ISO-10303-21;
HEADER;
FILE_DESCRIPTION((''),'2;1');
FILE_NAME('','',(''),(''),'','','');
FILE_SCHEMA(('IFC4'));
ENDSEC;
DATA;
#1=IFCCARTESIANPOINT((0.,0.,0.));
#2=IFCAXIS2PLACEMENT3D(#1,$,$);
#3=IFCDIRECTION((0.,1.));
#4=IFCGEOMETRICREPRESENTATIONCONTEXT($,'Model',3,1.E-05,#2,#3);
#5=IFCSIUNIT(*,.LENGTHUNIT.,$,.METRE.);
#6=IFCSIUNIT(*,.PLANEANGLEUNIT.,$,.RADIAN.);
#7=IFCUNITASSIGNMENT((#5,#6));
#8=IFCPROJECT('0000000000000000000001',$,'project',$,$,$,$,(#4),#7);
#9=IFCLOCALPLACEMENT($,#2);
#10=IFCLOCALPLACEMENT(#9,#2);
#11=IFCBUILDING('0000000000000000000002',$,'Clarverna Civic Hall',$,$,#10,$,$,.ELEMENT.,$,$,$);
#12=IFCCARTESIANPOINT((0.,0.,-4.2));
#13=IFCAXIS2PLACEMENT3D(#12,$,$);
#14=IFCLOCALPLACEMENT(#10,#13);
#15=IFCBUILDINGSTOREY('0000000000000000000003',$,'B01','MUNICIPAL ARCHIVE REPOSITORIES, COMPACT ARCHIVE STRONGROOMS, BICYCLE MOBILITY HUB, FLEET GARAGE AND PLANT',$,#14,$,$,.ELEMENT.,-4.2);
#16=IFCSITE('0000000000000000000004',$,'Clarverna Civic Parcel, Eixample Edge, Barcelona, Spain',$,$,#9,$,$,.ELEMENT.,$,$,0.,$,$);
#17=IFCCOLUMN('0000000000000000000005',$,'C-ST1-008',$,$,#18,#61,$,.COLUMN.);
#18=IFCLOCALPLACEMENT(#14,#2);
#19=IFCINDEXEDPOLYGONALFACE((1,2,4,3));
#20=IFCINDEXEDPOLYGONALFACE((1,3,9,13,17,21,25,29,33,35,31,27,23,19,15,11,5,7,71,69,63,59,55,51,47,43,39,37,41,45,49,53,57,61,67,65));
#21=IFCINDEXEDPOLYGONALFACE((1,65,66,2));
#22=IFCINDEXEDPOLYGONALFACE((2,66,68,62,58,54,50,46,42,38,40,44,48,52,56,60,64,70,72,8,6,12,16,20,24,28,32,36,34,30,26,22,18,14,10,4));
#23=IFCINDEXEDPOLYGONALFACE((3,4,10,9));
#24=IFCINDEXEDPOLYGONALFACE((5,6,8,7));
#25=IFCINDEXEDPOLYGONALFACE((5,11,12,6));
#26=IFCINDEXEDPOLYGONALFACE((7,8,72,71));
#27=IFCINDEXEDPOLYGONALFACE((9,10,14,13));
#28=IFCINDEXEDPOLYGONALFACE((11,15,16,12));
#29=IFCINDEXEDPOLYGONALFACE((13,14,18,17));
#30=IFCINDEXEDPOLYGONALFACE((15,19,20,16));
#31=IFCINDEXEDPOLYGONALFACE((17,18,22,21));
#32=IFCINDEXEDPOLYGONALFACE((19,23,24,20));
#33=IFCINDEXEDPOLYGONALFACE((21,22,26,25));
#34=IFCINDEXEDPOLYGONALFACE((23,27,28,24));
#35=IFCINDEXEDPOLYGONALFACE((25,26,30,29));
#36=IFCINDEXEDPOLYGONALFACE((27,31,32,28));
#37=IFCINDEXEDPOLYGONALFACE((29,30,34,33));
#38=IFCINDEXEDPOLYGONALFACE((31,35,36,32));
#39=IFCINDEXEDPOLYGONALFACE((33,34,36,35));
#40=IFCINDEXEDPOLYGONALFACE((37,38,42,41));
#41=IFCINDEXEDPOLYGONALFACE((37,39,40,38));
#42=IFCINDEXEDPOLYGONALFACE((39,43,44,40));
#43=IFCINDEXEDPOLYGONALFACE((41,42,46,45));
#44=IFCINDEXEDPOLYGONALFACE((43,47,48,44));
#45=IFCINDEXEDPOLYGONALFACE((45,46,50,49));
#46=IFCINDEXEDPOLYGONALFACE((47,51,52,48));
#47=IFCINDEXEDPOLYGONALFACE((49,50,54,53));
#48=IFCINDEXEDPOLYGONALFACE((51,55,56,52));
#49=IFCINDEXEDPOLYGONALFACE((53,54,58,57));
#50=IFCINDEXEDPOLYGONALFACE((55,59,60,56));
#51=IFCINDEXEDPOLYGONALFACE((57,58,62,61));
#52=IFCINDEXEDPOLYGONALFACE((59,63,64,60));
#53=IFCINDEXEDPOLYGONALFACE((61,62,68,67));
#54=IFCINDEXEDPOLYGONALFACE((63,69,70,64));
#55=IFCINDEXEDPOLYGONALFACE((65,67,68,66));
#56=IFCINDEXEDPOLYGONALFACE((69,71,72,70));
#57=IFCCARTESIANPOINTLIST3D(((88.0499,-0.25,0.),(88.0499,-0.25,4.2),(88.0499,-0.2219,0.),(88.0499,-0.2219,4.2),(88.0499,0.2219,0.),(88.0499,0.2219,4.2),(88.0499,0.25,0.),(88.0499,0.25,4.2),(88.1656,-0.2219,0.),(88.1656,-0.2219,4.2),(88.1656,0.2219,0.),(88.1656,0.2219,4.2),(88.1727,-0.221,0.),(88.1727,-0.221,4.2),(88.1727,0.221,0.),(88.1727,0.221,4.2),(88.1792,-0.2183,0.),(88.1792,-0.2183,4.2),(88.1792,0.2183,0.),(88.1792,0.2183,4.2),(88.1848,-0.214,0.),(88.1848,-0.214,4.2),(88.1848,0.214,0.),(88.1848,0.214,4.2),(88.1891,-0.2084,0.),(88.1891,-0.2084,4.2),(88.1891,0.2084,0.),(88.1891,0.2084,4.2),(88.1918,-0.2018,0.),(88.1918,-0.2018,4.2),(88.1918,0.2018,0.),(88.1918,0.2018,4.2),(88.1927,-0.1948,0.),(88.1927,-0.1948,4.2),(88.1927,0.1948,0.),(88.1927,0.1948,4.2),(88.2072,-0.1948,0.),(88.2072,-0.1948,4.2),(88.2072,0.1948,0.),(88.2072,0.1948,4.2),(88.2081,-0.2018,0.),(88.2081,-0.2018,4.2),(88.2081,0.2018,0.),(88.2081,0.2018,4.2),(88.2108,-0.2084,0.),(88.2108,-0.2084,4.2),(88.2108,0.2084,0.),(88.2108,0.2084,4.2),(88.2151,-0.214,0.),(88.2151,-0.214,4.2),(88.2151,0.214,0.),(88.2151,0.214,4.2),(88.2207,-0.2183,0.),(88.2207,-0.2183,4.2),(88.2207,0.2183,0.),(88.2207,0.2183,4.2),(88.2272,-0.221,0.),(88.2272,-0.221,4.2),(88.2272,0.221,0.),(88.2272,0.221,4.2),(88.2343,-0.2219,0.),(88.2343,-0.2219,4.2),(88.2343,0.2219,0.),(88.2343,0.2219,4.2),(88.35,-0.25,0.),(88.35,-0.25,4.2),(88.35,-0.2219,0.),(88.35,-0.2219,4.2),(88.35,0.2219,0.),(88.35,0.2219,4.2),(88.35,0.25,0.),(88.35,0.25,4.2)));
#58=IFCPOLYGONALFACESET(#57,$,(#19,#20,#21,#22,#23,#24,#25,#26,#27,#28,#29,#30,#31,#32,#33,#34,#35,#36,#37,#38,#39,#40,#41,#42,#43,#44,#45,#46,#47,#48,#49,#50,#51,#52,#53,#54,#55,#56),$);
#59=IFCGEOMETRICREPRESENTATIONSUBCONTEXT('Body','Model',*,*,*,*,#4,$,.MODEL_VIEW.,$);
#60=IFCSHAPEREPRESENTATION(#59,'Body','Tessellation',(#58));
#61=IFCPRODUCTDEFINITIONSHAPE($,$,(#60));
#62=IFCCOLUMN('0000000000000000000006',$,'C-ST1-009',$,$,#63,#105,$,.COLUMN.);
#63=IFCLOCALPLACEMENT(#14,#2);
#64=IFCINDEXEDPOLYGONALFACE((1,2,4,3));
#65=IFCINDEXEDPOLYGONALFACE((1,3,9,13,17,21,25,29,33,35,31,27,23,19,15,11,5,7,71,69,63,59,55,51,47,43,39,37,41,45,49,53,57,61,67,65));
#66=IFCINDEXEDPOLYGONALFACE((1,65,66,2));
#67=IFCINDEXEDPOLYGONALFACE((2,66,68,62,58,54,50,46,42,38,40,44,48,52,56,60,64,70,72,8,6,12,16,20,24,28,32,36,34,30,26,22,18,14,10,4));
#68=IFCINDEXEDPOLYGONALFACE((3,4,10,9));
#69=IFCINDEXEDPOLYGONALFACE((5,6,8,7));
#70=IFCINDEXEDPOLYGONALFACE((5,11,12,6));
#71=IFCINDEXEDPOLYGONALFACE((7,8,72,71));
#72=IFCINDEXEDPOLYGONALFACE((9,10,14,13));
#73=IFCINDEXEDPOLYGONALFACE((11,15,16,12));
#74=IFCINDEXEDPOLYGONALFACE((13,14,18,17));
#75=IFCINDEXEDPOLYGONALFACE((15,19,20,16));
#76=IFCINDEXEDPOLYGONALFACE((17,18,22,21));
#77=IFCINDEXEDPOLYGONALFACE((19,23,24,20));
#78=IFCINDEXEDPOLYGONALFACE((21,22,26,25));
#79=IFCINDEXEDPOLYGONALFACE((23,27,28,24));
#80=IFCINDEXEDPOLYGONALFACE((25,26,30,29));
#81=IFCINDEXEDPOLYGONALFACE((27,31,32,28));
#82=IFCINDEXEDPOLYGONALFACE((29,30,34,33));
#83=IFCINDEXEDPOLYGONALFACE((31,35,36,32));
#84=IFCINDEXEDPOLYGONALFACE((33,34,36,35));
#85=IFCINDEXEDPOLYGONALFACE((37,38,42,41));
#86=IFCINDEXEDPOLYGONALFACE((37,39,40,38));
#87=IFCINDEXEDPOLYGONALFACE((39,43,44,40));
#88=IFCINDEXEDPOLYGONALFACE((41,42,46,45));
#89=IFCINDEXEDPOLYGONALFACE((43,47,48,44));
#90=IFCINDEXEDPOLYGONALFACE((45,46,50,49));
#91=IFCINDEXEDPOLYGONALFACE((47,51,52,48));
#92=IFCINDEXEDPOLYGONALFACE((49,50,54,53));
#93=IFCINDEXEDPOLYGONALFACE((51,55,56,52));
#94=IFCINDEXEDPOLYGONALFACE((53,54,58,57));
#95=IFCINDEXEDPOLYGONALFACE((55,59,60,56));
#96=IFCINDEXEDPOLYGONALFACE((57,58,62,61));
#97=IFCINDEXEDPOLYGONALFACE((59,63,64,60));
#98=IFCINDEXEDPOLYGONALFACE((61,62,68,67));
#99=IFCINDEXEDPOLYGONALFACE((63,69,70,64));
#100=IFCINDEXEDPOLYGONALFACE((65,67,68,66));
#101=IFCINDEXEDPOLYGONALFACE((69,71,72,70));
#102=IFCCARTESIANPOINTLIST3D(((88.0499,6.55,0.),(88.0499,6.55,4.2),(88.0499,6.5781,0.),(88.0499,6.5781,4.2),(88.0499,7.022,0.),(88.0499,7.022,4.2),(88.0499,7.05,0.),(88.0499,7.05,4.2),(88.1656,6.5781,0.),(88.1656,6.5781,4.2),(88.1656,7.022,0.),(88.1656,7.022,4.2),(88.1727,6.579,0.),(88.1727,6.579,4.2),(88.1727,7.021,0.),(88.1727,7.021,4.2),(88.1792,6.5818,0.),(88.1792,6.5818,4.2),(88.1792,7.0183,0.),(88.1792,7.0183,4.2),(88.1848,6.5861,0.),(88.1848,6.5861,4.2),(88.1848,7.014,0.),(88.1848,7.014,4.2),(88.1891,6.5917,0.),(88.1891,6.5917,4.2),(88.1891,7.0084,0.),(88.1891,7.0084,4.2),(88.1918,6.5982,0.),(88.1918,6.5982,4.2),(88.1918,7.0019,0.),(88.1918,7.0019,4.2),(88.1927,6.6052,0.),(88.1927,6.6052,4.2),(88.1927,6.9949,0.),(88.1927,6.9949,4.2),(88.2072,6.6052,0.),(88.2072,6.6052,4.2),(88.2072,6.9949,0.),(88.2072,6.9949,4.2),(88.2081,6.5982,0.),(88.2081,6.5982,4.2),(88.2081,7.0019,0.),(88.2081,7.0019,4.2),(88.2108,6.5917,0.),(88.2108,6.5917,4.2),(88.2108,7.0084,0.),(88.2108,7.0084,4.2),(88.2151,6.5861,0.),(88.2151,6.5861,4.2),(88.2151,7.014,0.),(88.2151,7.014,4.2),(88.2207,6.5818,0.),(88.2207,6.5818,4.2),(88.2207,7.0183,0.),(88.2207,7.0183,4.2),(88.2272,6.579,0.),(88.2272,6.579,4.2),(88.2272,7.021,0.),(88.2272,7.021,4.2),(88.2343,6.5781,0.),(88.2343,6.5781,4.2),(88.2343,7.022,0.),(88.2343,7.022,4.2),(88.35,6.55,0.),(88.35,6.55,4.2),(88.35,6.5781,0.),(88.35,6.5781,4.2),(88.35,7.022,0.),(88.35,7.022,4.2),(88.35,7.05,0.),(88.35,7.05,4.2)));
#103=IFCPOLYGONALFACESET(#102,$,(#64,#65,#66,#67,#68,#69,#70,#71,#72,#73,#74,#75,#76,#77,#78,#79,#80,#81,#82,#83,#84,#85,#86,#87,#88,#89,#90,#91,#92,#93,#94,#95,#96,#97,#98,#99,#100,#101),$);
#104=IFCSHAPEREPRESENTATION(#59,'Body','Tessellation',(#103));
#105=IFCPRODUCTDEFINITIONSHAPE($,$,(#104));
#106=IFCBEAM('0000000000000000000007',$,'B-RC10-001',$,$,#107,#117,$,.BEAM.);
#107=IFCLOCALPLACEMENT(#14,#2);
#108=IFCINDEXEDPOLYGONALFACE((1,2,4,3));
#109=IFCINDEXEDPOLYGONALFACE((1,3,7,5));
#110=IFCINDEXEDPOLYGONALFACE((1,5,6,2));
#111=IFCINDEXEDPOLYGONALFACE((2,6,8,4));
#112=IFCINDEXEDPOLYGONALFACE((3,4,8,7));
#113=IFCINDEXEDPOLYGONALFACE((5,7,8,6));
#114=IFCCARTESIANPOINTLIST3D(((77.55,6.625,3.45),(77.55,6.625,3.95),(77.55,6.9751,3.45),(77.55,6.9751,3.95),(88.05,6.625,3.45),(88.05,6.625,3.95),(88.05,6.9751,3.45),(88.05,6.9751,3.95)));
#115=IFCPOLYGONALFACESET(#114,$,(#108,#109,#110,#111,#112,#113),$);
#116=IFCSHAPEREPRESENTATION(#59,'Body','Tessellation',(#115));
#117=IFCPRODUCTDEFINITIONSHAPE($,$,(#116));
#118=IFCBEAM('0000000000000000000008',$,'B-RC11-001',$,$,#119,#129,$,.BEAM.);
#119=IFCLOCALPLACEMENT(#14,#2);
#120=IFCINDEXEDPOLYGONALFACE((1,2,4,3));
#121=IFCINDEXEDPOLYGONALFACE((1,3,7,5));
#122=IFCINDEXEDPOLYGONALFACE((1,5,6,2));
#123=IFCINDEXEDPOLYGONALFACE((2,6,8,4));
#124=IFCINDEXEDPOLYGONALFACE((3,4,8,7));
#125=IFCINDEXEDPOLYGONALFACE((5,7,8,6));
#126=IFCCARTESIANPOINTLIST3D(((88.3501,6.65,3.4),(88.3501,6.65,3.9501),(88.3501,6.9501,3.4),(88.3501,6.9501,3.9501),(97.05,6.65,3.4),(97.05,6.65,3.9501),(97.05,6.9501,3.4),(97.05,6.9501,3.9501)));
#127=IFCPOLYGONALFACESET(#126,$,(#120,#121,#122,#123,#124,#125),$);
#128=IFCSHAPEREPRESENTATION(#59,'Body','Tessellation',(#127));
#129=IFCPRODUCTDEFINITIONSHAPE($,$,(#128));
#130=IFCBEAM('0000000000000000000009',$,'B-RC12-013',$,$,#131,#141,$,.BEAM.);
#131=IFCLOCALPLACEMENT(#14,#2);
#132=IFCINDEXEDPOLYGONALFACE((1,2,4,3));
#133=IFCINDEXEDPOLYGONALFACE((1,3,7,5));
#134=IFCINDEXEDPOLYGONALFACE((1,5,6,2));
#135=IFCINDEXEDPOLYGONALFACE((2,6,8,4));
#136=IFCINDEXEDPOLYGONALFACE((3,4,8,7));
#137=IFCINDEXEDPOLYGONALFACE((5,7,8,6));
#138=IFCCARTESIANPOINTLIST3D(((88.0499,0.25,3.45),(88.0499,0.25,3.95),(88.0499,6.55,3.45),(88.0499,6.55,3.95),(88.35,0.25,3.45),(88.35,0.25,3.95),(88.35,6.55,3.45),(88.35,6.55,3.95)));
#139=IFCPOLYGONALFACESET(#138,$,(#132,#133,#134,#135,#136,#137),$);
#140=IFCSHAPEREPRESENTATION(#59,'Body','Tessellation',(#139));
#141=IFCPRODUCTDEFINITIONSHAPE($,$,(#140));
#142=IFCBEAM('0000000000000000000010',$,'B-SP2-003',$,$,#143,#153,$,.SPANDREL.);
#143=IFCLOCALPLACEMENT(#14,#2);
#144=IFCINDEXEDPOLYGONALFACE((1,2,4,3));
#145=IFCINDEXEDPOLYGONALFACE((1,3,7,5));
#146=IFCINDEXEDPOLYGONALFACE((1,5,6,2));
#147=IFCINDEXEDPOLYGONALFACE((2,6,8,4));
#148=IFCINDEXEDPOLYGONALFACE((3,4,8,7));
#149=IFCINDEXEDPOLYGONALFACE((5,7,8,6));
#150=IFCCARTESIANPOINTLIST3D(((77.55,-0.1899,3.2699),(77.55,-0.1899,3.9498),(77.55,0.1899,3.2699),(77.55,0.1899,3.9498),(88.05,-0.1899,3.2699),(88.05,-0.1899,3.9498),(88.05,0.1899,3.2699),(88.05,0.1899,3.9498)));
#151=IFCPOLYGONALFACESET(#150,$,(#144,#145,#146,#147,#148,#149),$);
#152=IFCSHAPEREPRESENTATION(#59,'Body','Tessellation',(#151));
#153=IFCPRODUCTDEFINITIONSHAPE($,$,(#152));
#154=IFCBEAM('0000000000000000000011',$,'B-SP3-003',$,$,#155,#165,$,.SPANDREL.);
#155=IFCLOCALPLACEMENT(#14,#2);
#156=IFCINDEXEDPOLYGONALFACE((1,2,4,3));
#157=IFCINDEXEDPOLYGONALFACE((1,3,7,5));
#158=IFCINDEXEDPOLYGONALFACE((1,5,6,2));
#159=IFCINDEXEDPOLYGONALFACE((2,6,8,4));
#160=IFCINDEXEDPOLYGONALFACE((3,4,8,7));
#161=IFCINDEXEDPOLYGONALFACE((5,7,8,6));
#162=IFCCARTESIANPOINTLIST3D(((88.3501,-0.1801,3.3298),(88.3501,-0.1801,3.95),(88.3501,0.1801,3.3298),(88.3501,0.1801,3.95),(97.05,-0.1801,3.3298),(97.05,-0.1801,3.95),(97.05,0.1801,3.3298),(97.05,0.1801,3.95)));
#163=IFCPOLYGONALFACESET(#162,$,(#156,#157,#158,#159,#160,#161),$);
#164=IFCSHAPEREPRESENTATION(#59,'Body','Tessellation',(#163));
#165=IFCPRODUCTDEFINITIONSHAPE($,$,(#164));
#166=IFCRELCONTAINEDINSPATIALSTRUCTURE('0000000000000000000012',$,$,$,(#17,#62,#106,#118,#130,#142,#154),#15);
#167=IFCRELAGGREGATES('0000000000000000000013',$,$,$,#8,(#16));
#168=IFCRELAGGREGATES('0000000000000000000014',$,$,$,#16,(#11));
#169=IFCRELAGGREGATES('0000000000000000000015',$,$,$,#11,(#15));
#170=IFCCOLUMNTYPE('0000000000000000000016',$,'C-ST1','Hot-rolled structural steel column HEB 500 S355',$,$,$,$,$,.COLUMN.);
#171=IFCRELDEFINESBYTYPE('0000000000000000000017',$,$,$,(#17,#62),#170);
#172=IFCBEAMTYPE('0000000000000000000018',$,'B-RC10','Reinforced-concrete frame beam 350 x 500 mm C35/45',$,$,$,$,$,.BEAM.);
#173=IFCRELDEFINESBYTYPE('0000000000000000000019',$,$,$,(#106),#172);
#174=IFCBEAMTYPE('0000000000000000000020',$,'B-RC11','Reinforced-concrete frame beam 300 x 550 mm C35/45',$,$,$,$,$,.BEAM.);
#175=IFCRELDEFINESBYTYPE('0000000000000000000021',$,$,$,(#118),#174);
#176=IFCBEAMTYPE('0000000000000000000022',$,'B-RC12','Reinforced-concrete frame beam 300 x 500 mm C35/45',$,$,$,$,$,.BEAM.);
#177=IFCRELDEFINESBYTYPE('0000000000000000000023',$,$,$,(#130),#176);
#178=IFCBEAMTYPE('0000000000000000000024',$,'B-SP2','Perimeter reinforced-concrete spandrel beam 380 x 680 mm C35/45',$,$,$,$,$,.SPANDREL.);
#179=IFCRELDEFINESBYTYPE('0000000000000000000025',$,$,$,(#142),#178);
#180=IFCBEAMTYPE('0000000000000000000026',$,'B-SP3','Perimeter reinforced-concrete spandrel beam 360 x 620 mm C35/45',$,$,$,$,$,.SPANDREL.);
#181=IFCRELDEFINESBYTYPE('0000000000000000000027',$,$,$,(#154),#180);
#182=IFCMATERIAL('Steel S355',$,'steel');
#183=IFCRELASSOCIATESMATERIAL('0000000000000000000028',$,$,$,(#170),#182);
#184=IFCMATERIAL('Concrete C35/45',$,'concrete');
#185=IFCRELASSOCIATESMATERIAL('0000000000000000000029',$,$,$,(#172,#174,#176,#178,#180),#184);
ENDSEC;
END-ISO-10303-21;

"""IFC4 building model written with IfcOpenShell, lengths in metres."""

from ifc_helpers import new_model, si_unit, direction, frame, origin, origin_2d, place, context, subcontext, project, spatial, rectangle, i_section, extrude, material, material_profile, profile_set, type_object, element, save


model = new_model("IFC4")

# Units and contexts
model_context = context("Model", 3, precision=1e-05, world=origin(), true_north=direction((0.0, 1.0)))
body_context = subcontext(model_context, "Body", "Model", "MODEL_VIEW")
ifc_project = project(units=[si_unit("LENGTHUNIT", "METRE"), si_unit("PLANEANGLEUNIT", "RADIAN")], contexts=[model_context])

# Site, building, storey
site_placement = place(None, origin())
site = spatial("IfcSite", under=ifc_project, at=site_placement, Name="Clarverna Civic Parcel, Eixample Edge, Barcelona, Spain", CompositionType="ELEMENT", RefElevation=0.0)
building_placement = place(site_placement, origin())
building = spatial("IfcBuilding", under=site, at=building_placement, Name="Clarverna Civic Hall", CompositionType="ELEMENT")
storey_placement = place(building_placement, frame((0.0, 0.0, -4.2)))
storey = spatial("IfcBuildingStorey", under=building, at=storey_placement, Name="B01", Description="MUNICIPAL ARCHIVE REPOSITORIES, COMPACT ARCHIVE STRONGROOMS, BICYCLE MOBILITY HUB, FLEET GARAGE AND PLANT", CompositionType="ELEMENT", Elevation=-4.2)

# Columns
ifc_material_1 = material(Name="Steel S355", Category="steel")
ifc_material_profile_1 = material_profile(ifc_material_1, i_section(OverallWidth=0.3, OverallDepth=0.5, WebThickness=0.0144, FlangeThickness=0.0281, FilletRadius=0.0271, at=origin_2d()), Name="HEB 500")
ifc_profile_set_1 = profile_set([ifc_material_profile_1], Name="Steel S355")
column_type = type_object("IfcColumnType", Name="C-ST1", Description="Hot-rolled structural steel column HEB 500 S355", PredefinedType="COLUMN", material=ifc_profile_set_1)
for number, where, z_axis, x_axis, name in (
    (1, (88.2, 0.0, 0.0), (0.0, 0.0, 1.0), (1.0, 0.0, 0.0), "C-ST1-008"),
    (2, (88.2, 6.8, 0.0), (0.0, 0.0, 1.0), (1.0, 0.0, 0.0), "C-ST1-009"),
):
    element("IfcColumn", number, at=place(storey_placement, frame(where, z_axis=z_axis, x_axis=x_axis)), inside=storey, type_object=column_type, Name=name, PredefinedType="COLUMN", context=body_context, shape_type="SweptSolid", body=[
        extrude(i_section(OverallWidth=0.3, OverallDepth=0.5, WebThickness=0.0144, FlangeThickness=0.0281, FilletRadius=0.0271, at=origin_2d()), origin(), (0.0, 0.0, 1.0), 4.2),
    ])

# Beams
ifc_material_2 = material(Name="Concrete C35/45", Category="concrete")
ifc_material_profile_2 = material_profile(ifc_material_2, rectangle(XDim=0.3501, YDim=0.5, at=origin_2d()), Name="RC 350x500")
ifc_profile_set_2 = profile_set([ifc_material_profile_2], Name="Concrete C35/45")
beam_type_1 = type_object("IfcBeamType", Name="B-RC10", Description="Reinforced-concrete frame beam 350 x 500 mm C35/45", PredefinedType="BEAM", material=ifc_profile_set_2)
beam_1_placement = place(storey_placement, frame((77.55, 6.8, 3.7), z_axis=(1.0, 0.0, 0.0), x_axis=(0.0, 1.0, 0.0)))
element("IfcBeam", 3, at=beam_1_placement, inside=storey, type_object=beam_type_1, Name="B-RC10-001", PredefinedType="BEAM", context=body_context, shape_type="SweptSolid", body=[
    extrude(rectangle(XDim=0.3501, YDim=0.5, at=origin_2d()), origin(), (0.0, 0.0, 1.0), 10.5),
])
ifc_material_profile_3 = material_profile(ifc_material_2, rectangle(XDim=0.3, YDim=0.55, at=origin_2d()), Name="RC 300x550")
ifc_profile_set_3 = profile_set([ifc_material_profile_3], Name="Concrete C35/45")
beam_type_2 = type_object("IfcBeamType", Name="B-RC11", Description="Reinforced-concrete frame beam 300 x 550 mm C35/45", PredefinedType="BEAM", material=ifc_profile_set_3)
beam_2_placement = place(storey_placement, frame((88.3501, 6.8, 3.675), z_axis=(1.0, 0.0, 0.0), x_axis=(0.0, 1.0, 0.0)))
element("IfcBeam", 4, at=beam_2_placement, inside=storey, type_object=beam_type_2, Name="B-RC11-001", PredefinedType="BEAM", context=body_context, shape_type="SweptSolid", body=[
    extrude(rectangle(XDim=0.3, YDim=0.55, at=origin_2d()), origin(), (0.0, 0.0, 1.0), 8.7),
])
ifc_material_profile_4 = material_profile(ifc_material_2, rectangle(XDim=0.3, YDim=0.5, at=origin_2d()), Name="RC 300x500")
ifc_profile_set_4 = profile_set([ifc_material_profile_4], Name="Concrete C35/45")
beam_type_3 = type_object("IfcBeamType", Name="B-RC12", Description="Reinforced-concrete frame beam 300 x 500 mm C35/45", PredefinedType="BEAM", material=ifc_profile_set_4)
beam_3_placement = place(storey_placement, frame((88.2, 0.25, 3.7), z_axis=(0.0, 1.0, 0.0), x_axis=(-1.0, 0.0, 0.0)))
element("IfcBeam", 5, at=beam_3_placement, inside=storey, type_object=beam_type_3, Name="B-RC12-013", PredefinedType="BEAM", context=body_context, shape_type="SweptSolid", body=[
    extrude(rectangle(XDim=0.3, YDim=0.5, at=origin_2d()), origin(), (0.0, 0.0, 1.0), 6.3),
])
ifc_material_profile_5 = material_profile(ifc_material_2, rectangle(XDim=0.3799, YDim=0.6799, at=origin_2d()), Name="RC 380x680")
ifc_profile_set_5 = profile_set([ifc_material_profile_5], Name="Concrete C35/45")
beam_type_4 = type_object("IfcBeamType", Name="B-SP2", Description="Perimeter reinforced-concrete spandrel beam 380 x 680 mm C35/45", PredefinedType="SPANDREL", material=ifc_profile_set_5)
beam_4_placement = place(storey_placement, frame((77.55, 0.0, 3.6099), z_axis=(1.0, 0.0, 0.0), x_axis=(0.0, 1.0, 0.0)))
element("IfcBeam", 6, at=beam_4_placement, inside=storey, type_object=beam_type_4, Name="B-SP2-003", PredefinedType="SPANDREL", context=body_context, shape_type="SweptSolid", body=[
    extrude(rectangle(XDim=0.3799, YDim=0.6799, at=origin_2d()), origin(), (0.0, 0.0, 1.0), 10.5),
])
ifc_material_profile_6 = material_profile(ifc_material_2, rectangle(XDim=0.3601, YDim=0.6201, at=origin_2d()), Name="RC 360x620")
ifc_profile_set_6 = profile_set([ifc_material_profile_6], Name="Concrete C35/45")
beam_type_5 = type_object("IfcBeamType", Name="B-SP3", Description="Perimeter reinforced-concrete spandrel beam 360 x 620 mm C35/45", PredefinedType="SPANDREL", material=ifc_profile_set_6)
beam_5_placement = place(storey_placement, frame((88.3501, 0.0, 3.6399), z_axis=(1.0, 0.0, 0.0), x_axis=(0.0, 1.0, 0.0)))
element("IfcBeam", 7, at=beam_5_placement, inside=storey, type_object=beam_type_5, Name="B-SP3-003", PredefinedType="SPANDREL", context=body_context, shape_type="SweptSolid", body=[
    extrude(rectangle(XDim=0.3601, YDim=0.6201, at=origin_2d()), origin(), (0.0, 0.0, 1.0), 8.7),
])

save(model, "model.ifc")
